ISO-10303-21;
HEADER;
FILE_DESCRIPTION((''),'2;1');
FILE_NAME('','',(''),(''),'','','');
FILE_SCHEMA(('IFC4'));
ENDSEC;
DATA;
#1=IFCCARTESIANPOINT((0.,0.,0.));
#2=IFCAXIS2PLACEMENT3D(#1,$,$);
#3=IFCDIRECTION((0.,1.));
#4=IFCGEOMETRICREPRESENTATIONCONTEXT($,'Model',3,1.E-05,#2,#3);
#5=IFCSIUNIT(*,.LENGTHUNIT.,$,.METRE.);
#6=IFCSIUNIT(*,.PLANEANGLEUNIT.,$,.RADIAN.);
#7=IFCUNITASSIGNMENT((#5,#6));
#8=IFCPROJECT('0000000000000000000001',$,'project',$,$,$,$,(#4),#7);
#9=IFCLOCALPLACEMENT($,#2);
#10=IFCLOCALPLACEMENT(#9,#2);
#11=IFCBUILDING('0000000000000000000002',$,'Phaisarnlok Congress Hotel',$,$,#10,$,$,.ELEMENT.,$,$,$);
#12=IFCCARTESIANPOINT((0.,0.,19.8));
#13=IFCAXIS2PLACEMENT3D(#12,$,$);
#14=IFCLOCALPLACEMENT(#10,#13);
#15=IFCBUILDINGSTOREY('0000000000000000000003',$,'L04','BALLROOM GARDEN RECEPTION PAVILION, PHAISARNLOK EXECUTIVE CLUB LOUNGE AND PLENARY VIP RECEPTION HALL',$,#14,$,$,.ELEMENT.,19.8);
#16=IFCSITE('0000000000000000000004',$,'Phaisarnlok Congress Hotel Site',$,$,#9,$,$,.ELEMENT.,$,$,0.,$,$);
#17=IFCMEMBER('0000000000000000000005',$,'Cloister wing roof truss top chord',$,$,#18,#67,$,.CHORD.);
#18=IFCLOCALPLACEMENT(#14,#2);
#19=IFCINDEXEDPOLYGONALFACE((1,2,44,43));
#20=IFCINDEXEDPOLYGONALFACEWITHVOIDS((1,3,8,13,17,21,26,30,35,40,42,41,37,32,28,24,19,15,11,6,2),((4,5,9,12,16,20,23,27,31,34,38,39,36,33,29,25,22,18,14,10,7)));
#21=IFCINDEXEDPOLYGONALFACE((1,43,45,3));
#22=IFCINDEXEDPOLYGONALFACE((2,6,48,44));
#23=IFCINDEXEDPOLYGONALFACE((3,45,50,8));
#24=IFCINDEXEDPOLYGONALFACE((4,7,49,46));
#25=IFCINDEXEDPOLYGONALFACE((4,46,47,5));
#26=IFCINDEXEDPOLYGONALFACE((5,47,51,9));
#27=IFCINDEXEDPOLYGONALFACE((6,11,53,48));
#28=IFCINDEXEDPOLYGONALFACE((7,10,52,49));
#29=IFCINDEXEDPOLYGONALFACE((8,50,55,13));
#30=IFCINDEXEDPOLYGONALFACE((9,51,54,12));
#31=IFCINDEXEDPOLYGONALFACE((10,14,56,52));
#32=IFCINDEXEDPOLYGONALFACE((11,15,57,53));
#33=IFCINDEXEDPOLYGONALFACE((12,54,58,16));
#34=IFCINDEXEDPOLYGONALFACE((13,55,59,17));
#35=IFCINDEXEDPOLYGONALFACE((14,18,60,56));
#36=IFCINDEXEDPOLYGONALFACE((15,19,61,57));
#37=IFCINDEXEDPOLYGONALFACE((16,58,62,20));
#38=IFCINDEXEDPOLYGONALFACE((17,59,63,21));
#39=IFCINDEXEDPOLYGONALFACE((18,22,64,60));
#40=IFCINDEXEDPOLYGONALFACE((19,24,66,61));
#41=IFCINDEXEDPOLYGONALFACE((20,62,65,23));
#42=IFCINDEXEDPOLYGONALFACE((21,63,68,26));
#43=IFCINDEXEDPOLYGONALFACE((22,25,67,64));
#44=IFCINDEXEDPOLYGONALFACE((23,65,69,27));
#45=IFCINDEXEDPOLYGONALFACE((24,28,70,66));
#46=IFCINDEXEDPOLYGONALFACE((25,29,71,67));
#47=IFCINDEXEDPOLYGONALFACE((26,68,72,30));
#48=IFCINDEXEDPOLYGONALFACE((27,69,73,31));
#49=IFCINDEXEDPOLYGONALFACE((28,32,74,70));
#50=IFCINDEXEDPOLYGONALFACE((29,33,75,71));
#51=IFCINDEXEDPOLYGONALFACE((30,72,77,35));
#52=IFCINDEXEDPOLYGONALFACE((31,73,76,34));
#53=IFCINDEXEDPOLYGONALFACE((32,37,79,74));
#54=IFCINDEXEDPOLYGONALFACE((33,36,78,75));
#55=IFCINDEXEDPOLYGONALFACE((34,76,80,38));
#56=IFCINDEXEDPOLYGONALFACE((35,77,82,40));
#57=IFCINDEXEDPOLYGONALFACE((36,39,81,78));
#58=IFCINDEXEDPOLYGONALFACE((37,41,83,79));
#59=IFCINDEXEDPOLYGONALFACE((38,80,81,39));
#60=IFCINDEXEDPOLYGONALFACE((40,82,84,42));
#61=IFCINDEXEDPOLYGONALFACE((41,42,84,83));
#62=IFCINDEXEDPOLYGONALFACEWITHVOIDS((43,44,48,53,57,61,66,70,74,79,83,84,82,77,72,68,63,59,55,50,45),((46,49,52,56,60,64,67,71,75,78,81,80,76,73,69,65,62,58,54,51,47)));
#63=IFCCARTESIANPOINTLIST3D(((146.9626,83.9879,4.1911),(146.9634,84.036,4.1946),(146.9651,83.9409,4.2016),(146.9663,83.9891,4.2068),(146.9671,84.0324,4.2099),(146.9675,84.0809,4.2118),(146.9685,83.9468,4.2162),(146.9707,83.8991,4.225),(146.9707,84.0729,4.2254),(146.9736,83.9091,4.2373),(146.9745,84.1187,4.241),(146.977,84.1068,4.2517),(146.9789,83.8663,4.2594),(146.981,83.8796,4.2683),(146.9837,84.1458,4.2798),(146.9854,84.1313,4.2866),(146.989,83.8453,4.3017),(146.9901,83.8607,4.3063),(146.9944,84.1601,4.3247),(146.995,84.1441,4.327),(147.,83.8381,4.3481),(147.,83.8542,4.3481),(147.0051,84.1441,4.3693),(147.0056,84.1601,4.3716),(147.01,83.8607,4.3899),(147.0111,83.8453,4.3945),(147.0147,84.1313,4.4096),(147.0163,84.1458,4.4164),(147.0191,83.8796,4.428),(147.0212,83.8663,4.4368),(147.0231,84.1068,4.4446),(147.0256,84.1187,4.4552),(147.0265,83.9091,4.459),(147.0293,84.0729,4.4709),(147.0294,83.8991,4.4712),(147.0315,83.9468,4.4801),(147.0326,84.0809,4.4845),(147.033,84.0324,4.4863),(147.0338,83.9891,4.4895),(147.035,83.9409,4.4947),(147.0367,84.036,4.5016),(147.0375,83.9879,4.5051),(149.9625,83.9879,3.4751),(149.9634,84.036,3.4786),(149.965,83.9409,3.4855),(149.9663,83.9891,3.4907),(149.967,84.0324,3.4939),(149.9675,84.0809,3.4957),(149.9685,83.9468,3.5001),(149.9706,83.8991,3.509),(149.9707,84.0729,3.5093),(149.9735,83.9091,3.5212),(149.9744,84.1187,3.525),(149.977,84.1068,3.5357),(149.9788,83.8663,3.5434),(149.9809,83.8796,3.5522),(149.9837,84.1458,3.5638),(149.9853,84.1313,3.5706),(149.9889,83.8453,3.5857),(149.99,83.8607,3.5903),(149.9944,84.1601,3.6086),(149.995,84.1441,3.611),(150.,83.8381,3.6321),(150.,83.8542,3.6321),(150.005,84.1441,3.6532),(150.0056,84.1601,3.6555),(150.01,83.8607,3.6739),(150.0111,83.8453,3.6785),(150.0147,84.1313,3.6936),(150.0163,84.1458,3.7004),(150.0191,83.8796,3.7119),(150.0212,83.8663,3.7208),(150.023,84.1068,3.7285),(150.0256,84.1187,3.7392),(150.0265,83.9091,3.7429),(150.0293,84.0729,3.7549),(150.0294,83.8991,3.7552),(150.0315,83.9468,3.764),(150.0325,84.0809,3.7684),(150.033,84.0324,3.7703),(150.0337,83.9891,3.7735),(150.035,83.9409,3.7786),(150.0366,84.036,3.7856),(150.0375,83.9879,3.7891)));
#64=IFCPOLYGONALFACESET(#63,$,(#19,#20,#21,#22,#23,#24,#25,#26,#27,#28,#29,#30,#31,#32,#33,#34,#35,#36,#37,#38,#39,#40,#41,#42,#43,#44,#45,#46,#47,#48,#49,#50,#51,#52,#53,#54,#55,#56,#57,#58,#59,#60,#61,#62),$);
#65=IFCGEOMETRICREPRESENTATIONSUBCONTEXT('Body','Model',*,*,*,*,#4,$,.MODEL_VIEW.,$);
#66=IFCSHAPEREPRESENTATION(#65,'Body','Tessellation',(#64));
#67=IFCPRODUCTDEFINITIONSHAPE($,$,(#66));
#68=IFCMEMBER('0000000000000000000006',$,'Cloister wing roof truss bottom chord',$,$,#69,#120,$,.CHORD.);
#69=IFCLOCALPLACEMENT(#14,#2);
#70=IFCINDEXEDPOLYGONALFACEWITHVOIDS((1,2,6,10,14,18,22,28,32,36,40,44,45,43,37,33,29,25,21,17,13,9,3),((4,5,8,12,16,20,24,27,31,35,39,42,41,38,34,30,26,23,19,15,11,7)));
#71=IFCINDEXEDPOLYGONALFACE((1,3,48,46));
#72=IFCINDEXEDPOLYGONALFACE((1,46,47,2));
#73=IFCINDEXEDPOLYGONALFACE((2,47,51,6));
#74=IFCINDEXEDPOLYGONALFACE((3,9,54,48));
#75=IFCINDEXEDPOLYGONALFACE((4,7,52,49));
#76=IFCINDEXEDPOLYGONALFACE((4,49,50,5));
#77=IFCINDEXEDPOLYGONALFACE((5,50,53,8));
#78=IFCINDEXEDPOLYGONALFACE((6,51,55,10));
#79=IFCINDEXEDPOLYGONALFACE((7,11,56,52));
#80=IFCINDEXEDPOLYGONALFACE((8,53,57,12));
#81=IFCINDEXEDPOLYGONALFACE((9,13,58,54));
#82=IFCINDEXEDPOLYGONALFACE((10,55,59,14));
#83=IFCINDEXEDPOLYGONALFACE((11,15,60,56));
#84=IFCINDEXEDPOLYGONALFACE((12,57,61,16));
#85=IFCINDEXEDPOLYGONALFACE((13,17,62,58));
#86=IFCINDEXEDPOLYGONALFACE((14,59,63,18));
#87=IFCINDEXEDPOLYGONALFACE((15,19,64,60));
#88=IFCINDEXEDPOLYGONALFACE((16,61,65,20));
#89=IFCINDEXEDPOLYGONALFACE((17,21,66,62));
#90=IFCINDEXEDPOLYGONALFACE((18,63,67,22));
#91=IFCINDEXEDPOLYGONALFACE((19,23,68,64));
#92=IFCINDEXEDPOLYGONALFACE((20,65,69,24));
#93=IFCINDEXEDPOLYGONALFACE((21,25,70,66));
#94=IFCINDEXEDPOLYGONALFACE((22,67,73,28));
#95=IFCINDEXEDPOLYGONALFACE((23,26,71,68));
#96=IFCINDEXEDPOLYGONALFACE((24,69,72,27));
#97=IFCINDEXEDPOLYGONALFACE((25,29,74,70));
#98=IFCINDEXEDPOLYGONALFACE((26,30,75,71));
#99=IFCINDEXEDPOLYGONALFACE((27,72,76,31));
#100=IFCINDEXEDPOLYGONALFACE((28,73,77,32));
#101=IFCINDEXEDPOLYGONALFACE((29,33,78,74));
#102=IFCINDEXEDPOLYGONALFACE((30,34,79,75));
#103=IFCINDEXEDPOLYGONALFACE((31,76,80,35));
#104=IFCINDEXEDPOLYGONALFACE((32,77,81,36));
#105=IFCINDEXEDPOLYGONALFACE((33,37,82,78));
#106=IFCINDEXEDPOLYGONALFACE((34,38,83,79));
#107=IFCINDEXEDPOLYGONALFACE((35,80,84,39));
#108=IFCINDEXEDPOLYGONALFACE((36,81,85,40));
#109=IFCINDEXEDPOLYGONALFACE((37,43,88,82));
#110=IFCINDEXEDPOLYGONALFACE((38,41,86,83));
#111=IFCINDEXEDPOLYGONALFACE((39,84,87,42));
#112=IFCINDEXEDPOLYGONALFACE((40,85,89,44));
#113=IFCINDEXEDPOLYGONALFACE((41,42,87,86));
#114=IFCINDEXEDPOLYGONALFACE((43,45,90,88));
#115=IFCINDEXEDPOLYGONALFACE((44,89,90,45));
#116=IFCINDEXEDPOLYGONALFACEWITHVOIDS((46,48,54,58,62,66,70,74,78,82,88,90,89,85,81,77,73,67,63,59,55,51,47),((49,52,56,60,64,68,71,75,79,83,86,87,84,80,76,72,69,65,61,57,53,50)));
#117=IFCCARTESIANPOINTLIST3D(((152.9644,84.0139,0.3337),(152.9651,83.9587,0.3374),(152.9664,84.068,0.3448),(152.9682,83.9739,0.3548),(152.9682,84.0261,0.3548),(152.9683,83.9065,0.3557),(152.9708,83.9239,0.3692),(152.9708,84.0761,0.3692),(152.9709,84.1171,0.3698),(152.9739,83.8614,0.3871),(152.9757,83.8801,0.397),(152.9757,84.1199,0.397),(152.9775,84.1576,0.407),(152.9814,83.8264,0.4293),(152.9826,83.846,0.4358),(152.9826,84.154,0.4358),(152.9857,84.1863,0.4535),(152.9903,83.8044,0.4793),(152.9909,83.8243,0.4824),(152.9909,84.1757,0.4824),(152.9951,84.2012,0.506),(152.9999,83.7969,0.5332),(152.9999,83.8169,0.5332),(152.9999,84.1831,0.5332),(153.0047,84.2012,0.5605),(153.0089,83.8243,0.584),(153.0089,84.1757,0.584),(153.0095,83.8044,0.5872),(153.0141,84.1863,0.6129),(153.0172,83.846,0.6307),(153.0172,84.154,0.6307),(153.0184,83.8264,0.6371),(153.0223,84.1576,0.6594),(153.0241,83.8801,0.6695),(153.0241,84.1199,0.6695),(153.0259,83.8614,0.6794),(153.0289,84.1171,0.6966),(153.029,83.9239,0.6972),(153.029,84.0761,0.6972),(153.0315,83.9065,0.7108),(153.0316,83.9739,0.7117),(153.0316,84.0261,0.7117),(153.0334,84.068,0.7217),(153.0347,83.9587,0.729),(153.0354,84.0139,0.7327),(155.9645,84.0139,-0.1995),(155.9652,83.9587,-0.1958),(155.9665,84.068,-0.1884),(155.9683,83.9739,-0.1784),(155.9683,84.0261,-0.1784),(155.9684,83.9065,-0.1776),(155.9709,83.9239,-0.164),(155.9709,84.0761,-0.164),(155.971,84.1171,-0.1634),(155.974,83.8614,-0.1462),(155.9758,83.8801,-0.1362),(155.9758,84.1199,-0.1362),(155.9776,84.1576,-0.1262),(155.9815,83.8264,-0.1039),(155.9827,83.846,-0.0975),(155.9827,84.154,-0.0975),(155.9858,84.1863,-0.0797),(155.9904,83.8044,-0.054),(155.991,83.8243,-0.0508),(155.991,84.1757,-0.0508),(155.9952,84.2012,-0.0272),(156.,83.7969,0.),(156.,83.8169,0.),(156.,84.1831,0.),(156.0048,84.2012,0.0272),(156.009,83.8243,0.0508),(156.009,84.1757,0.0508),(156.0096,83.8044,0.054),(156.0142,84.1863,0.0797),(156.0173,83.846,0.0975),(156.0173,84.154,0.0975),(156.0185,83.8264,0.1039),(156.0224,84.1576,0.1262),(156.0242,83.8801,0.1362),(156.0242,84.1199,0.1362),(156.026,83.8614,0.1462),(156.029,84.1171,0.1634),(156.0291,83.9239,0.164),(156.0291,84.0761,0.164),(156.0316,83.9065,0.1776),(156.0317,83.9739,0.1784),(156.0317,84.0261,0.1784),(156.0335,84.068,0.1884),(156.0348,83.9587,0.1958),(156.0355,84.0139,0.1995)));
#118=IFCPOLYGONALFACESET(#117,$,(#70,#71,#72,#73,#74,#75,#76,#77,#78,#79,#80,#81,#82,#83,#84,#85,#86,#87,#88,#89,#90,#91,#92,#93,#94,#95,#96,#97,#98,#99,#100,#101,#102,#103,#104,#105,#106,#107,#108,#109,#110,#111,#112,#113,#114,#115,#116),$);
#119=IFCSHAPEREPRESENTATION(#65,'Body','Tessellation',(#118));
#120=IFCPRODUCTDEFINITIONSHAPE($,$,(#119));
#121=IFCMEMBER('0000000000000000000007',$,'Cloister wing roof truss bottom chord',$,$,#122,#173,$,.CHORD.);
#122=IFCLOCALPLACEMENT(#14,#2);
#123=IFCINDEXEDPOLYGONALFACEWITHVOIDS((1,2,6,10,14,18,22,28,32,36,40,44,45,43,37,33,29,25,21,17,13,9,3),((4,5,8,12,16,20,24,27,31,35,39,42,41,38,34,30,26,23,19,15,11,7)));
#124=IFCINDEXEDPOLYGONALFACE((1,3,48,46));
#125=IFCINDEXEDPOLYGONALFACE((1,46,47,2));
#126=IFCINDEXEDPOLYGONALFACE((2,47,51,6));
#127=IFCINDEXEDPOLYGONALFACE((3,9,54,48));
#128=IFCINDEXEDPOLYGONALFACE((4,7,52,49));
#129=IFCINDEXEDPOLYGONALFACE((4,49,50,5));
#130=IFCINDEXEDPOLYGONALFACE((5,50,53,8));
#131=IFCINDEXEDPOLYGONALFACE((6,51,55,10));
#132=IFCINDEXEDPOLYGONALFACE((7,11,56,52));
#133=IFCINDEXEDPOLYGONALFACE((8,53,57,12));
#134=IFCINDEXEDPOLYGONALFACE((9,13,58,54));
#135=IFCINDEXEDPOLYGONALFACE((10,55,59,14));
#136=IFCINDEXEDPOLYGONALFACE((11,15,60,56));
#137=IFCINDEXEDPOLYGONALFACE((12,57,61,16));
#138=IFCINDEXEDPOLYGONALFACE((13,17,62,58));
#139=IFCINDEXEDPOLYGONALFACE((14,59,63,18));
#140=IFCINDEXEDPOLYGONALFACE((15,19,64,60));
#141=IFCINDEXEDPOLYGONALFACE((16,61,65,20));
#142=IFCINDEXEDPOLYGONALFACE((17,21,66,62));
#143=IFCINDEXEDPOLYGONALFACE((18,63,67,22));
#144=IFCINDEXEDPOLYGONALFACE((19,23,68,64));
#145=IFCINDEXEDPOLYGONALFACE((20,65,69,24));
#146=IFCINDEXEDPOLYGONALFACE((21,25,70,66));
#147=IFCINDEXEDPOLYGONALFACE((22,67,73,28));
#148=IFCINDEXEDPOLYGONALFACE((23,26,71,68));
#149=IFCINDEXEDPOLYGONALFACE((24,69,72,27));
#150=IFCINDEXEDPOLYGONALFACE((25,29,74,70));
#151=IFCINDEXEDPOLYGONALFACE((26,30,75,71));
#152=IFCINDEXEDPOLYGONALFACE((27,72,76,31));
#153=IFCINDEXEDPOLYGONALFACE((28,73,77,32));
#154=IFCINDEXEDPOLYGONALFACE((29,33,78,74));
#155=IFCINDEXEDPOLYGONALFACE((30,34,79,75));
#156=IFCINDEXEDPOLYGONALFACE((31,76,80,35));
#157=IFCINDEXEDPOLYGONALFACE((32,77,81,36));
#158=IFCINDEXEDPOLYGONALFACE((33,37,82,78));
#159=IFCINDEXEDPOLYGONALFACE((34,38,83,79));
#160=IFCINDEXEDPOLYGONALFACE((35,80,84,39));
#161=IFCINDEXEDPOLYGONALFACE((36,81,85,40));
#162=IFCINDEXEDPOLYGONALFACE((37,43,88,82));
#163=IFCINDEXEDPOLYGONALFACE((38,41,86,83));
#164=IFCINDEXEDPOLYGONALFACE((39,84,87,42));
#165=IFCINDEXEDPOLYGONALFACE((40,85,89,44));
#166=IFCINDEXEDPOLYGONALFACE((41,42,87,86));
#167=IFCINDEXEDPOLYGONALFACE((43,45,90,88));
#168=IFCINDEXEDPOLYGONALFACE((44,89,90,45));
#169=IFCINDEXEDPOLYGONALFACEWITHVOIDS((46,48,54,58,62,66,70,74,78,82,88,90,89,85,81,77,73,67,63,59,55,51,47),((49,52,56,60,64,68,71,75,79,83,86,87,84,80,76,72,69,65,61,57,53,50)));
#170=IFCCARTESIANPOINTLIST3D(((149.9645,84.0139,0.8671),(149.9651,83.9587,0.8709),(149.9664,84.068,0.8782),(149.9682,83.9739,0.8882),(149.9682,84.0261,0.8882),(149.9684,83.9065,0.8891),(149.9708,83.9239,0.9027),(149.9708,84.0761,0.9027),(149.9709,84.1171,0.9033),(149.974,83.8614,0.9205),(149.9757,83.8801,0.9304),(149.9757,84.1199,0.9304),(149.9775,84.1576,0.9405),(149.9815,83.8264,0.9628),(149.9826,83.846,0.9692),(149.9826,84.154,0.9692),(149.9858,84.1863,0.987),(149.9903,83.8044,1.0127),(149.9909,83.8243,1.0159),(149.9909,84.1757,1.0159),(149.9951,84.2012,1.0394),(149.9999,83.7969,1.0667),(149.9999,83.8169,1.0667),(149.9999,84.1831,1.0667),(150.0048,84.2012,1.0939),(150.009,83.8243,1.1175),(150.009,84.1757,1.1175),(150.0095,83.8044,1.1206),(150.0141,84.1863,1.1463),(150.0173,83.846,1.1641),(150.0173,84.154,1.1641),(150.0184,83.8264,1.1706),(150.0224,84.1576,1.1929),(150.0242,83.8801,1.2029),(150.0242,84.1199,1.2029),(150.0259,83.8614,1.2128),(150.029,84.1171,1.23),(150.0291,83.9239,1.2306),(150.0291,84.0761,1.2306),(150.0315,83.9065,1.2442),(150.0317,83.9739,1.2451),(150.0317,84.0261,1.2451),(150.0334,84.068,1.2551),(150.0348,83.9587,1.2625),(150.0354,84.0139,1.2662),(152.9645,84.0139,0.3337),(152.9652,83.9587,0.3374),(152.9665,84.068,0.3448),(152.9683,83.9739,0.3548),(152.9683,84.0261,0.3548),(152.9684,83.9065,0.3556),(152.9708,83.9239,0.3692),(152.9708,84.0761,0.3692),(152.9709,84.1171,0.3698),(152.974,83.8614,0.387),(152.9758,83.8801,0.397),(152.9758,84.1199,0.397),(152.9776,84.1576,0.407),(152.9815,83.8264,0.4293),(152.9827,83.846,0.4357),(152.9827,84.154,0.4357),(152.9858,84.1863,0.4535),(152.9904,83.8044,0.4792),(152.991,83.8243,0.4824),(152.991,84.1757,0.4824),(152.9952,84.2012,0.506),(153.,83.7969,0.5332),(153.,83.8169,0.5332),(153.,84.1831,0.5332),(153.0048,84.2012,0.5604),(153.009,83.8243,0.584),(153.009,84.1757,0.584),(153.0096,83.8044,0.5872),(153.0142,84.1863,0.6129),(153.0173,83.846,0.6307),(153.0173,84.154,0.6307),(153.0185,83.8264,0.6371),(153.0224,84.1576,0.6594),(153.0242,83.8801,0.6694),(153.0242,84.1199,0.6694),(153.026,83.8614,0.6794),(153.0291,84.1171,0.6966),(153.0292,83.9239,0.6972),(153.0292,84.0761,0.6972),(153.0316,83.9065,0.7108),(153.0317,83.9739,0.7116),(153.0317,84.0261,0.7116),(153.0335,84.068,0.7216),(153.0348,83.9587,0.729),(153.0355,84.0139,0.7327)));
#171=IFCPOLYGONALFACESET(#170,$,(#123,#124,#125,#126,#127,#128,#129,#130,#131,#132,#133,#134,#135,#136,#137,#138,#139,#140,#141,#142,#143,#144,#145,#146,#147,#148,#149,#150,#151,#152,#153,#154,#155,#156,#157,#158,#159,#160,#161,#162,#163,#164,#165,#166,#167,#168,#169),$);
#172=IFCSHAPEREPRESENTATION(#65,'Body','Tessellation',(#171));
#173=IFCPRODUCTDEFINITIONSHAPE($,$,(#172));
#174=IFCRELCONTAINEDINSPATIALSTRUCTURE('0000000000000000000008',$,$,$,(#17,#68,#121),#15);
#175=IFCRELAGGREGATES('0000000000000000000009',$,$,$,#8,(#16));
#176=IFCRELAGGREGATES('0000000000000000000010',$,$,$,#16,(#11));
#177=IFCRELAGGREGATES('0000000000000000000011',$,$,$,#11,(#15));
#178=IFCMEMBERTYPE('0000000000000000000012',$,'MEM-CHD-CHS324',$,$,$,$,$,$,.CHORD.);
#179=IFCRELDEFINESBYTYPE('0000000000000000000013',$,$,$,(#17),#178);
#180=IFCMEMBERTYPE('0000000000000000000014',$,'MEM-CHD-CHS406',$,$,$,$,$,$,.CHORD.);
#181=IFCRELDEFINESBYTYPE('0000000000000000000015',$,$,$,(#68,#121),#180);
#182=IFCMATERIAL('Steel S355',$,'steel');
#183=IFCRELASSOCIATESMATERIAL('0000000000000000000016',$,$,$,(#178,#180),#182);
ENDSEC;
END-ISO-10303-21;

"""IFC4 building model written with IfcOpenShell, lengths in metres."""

from ifc_helpers import new_model, si_unit, direction, frame, origin, origin_2d, place, context, subcontext, project, spatial, hollow_circle, extrude, material, material_profile, profile_set, type_object, element, save


model = new_model("IFC4")

# Units and contexts
model_context = context("Model", 3, precision=1e-05, world=origin(), true_north=direction((0.0, 1.0)))
body_context = subcontext(model_context, "Body", "Model", "MODEL_VIEW")
ifc_project = project(units=[si_unit("LENGTHUNIT", "METRE"), si_unit("PLANEANGLEUNIT", "RADIAN")], contexts=[model_context])

# Site, building, storey
site_placement = place(None, origin())
site = spatial("IfcSite", under=ifc_project, at=site_placement, Name="Phaisarnlok Congress Hotel Site", CompositionType="ELEMENT", RefElevation=0.0)
building_placement = place(site_placement, origin())
building = spatial("IfcBuilding", under=site, at=building_placement, Name="Phaisarnlok Congress Hotel", CompositionType="ELEMENT")
storey_placement = place(building_placement, frame((0.0, 0.0, 19.8)))
storey = spatial("IfcBuildingStorey", under=building, at=storey_placement, Name="L04", Description="BALLROOM GARDEN RECEPTION PAVILION, PHAISARNLOK EXECUTIVE CLUB LOUNGE AND PLENARY VIP RECEPTION HALL", CompositionType="ELEMENT", Elevation=19.8)

# Shared definitions
ifc_material_1 = material(Name="Steel S355", Category="steel")

# Members
ifc_material_profile_1 = material_profile(ifc_material_1, hollow_circle(Radius=0.1619, WallThickness=0.0161, at=origin_2d()), Name="CHS 323.9x16")
ifc_profile_set_1 = profile_set([ifc_material_profile_1], Name="Steel S355")
member_type_1 = type_object("IfcMemberType", Name="MEM-CHD-CHS324", PredefinedType="CHORD", material=ifc_profile_set_1)
for number, where, z_axis, x_axis, name in (
    (1, (150.0, 84.0, 3.6321), (-0.972676, 0.0, 0.232166), (0.0, -1.0, 0.0), "Cloister wing roof truss top chord"),
):
    element("IfcMember", number, at=place(storey_placement, frame(where, z_axis=z_axis, x_axis=x_axis)), inside=storey, type_object=member_type_1, Name=name, PredefinedType="CHORD", context=body_context, shape_type="SweptSolid", body=[
        extrude(hollow_circle(Radius=0.1619, WallThickness=0.0161, at=origin_2d()), origin(), (0.0, 0.0, 1.0), 3.0842),
    ])
ifc_material_profile_2 = material_profile(ifc_material_1, hollow_circle(Radius=0.2031, WallThickness=0.02, at=origin_2d()), Name="CHS 406.4x20")
ifc_profile_set_2 = profile_set([ifc_material_profile_2], Name="Steel S355")
member_type_2 = type_object("IfcMemberType", Name="MEM-CHD-CHS406", PredefinedType="CHORD", material=ifc_profile_set_2)
for number, where, z_axis, x_axis, name in (
    (2, (156.0, 84.0, 0.0), (-0.98457, 0.0, 0.174992), (0.0, -1.0, 0.0), "Cloister wing roof truss bottom chord"),
    (3, (153.0, 84.0, 0.5332), (-0.984556, 0.0, 0.17507), (0.0, -1.0, 0.0), "Cloister wing roof truss bottom chord"),
):
    element("IfcMember", number, at=place(storey_placement, frame(where, z_axis=z_axis, x_axis=x_axis)), inside=storey, type_object=member_type_2, Name=name, PredefinedType="CHORD", context=body_context, shape_type="SweptSolid", body=[
        extrude(hollow_circle(Radius=0.2031, WallThickness=0.02, at=origin_2d()), origin(), (0.0, 0.0, 1.0), 3.0471),
    ])

save(model, "model.ifc")
